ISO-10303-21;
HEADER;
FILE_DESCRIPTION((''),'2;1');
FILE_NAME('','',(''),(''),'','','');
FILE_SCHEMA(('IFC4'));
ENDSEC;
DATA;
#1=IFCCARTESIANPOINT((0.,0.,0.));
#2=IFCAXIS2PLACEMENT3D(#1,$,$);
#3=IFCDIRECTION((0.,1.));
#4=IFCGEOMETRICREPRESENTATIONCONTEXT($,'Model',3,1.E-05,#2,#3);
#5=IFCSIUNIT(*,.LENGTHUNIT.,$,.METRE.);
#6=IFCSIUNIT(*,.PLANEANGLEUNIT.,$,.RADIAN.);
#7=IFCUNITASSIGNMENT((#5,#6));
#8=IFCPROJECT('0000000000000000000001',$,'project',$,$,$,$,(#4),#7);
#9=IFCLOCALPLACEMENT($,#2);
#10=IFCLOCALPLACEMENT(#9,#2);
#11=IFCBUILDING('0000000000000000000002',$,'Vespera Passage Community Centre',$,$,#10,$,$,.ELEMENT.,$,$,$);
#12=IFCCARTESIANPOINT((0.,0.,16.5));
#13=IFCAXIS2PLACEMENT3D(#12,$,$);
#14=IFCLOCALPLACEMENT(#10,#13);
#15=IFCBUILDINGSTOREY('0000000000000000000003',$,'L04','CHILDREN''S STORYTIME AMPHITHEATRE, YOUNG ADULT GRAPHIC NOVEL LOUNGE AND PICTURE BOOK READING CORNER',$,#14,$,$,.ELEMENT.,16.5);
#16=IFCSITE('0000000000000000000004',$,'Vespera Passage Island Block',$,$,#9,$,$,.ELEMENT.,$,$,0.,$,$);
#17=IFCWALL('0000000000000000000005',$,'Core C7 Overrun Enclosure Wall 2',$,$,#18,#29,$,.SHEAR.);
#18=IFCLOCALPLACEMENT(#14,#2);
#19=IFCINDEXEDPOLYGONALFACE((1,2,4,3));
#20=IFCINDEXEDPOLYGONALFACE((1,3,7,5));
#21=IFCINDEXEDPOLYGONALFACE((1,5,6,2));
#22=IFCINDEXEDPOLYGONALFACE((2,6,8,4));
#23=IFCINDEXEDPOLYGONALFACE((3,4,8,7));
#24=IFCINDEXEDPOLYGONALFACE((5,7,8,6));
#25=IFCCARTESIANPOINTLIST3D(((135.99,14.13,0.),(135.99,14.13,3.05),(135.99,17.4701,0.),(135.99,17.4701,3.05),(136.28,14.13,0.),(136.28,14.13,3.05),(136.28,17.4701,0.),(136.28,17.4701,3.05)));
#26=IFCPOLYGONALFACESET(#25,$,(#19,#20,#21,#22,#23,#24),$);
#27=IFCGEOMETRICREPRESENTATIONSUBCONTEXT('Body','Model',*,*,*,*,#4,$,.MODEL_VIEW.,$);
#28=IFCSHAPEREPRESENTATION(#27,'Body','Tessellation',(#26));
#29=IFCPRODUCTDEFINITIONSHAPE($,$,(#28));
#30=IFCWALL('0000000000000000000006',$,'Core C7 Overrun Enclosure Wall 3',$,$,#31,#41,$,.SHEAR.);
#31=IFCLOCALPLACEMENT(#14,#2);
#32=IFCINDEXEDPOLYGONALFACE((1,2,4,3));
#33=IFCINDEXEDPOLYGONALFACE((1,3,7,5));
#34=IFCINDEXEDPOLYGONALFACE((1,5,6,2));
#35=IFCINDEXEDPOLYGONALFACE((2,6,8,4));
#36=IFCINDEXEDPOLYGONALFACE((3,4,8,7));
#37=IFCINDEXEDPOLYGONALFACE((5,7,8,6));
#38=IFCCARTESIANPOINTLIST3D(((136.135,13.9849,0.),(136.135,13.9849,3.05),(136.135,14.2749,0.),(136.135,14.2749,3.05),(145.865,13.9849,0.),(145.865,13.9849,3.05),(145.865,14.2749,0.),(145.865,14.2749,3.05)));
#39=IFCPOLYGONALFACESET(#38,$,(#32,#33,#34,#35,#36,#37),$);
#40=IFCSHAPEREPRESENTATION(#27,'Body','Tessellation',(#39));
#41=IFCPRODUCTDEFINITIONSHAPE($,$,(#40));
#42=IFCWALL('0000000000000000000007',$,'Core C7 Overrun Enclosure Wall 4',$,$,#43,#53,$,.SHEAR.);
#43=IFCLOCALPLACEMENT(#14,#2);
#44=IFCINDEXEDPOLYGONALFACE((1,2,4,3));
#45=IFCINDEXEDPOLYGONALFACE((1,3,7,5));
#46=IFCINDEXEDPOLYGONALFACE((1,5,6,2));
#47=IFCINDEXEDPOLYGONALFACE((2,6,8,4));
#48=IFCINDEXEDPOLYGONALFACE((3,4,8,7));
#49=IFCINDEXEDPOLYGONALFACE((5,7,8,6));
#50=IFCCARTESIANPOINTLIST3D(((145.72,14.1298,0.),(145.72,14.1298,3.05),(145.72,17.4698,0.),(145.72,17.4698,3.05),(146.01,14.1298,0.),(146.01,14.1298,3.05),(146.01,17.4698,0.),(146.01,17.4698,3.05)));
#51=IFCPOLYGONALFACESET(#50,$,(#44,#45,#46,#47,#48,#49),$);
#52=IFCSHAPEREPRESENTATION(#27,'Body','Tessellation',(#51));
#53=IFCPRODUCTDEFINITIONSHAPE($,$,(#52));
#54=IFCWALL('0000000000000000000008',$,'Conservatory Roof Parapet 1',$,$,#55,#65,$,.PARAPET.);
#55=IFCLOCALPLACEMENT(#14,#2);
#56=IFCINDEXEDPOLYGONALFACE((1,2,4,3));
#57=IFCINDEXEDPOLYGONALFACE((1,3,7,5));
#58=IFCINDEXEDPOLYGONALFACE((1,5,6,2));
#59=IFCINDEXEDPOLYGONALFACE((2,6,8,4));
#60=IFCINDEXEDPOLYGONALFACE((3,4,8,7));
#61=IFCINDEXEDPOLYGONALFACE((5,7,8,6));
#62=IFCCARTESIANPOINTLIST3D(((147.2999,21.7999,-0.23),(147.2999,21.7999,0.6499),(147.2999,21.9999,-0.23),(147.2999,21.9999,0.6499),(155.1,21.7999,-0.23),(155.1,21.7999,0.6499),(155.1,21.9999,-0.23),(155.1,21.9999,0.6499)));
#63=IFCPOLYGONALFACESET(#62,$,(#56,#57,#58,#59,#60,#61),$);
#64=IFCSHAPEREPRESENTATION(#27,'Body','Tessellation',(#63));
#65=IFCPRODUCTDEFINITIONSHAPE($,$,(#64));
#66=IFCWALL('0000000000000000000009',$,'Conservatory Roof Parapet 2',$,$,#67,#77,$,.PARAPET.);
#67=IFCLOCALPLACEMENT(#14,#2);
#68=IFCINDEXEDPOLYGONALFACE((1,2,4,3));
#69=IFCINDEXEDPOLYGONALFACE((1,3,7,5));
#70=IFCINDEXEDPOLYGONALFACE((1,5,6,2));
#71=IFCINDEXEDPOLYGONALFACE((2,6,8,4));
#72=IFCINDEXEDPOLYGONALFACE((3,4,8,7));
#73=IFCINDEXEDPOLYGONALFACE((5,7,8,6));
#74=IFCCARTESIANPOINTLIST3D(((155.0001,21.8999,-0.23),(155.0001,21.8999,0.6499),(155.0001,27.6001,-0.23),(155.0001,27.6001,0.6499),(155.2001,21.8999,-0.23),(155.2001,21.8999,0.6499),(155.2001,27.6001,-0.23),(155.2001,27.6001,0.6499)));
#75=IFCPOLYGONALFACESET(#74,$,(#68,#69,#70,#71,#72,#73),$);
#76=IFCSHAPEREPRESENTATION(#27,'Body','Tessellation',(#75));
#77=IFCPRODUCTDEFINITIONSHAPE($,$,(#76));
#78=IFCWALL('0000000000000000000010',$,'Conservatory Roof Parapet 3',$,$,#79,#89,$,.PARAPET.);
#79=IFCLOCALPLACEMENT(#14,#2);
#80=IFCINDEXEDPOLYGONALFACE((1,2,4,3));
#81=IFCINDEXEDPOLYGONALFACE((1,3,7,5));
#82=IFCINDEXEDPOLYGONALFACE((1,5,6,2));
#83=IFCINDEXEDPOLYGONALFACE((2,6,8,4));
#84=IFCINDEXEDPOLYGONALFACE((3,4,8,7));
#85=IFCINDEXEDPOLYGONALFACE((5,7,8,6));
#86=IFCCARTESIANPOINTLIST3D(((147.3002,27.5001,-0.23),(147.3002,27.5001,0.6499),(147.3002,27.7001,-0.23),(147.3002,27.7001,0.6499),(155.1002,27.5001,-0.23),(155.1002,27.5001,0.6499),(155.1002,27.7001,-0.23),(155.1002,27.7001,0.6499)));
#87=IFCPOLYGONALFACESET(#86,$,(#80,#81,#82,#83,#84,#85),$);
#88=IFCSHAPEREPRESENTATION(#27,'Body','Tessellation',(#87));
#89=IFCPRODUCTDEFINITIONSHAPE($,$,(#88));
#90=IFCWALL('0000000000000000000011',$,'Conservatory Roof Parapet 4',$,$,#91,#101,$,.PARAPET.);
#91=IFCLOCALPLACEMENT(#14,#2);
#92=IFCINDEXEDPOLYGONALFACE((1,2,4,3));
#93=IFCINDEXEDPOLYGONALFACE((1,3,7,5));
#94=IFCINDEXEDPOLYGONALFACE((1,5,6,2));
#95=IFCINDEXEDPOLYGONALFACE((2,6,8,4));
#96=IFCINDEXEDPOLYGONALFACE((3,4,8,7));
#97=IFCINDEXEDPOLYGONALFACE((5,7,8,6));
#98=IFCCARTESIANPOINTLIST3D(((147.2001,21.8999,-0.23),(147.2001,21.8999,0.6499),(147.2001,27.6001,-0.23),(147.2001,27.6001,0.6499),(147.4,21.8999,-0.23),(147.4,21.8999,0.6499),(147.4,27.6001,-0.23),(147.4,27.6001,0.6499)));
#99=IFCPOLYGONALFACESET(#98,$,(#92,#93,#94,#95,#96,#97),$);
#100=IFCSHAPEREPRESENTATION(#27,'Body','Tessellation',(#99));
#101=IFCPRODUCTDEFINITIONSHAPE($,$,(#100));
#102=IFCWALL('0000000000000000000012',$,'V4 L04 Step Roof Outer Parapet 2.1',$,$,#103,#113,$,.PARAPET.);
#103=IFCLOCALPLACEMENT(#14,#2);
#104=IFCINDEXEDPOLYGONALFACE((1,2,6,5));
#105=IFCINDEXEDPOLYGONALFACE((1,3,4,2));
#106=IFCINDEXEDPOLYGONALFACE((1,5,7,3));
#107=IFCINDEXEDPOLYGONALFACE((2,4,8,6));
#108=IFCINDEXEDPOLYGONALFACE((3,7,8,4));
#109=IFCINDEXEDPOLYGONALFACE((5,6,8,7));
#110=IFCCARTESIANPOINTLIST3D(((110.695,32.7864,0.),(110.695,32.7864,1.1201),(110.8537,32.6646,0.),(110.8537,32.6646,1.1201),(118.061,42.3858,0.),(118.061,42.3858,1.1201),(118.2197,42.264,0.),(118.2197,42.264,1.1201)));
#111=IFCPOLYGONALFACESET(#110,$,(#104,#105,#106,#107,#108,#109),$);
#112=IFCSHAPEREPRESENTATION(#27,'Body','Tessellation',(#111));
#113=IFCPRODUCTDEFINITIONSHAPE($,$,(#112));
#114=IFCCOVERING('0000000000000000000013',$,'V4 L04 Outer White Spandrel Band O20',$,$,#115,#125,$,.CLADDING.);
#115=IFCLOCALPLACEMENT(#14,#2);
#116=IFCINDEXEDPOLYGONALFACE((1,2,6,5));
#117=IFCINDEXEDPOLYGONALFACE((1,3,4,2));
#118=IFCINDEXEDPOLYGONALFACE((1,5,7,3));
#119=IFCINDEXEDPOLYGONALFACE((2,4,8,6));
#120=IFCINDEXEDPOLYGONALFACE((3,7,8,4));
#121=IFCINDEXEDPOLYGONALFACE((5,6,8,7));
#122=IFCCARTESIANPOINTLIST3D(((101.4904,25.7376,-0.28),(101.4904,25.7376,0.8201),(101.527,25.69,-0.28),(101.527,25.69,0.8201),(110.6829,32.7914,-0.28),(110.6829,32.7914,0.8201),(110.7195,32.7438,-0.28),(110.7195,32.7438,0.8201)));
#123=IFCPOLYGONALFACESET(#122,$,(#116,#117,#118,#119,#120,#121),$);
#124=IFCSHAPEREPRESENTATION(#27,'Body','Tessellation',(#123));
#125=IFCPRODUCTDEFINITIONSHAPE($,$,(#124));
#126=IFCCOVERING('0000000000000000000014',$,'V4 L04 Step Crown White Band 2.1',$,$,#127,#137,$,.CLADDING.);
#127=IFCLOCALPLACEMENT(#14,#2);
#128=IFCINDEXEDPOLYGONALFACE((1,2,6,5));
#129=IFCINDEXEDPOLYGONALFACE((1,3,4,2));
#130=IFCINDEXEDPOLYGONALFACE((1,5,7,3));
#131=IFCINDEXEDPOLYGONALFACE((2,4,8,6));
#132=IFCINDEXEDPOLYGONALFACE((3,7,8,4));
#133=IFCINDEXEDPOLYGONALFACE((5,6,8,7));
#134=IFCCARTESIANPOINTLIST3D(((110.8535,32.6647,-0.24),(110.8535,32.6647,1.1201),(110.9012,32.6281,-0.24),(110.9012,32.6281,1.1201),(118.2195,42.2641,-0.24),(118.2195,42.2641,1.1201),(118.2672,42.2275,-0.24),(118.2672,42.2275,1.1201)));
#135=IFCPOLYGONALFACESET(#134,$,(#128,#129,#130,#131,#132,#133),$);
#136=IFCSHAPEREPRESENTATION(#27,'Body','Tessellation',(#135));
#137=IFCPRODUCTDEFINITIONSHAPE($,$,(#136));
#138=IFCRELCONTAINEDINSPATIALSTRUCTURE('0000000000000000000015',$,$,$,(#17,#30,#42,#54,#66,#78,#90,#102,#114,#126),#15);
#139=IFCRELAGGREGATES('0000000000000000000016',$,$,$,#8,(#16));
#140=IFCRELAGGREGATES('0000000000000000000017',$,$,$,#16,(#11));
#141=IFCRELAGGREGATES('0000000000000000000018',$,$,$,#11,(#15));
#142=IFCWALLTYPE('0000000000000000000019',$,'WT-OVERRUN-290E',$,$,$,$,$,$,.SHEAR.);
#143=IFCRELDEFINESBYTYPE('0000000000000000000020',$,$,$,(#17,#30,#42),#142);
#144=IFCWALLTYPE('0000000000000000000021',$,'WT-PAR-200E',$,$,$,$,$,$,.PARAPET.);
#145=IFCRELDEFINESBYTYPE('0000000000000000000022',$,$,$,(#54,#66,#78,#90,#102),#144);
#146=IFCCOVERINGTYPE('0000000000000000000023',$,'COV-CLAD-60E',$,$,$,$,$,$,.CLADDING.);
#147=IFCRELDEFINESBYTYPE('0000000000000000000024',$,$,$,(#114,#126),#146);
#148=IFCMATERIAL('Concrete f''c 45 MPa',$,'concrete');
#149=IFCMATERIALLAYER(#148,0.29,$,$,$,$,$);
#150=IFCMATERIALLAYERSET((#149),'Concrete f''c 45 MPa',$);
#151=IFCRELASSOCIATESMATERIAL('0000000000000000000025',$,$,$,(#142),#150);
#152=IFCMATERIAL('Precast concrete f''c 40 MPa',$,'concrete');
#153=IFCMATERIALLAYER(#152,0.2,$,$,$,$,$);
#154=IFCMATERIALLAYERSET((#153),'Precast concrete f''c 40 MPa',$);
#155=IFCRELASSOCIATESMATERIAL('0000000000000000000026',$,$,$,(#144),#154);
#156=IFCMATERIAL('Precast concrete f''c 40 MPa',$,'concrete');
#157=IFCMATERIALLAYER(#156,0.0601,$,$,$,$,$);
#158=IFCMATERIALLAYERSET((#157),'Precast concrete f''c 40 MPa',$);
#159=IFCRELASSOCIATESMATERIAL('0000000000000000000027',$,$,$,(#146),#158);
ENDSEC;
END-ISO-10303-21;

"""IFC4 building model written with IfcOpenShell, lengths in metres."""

from ifc_helpers import new_model, si_unit, direction, frame, frame_2d, origin, place, context, subcontext, project, spatial, rectangle, extrude, material, layer, layer_set, type_object, element, save


model = new_model("IFC4")

# Units and contexts
model_context = context("Model", 3, precision=1e-05, world=origin(), true_north=direction((0.0, 1.0)))
body_context = subcontext(model_context, "Body", "Model", "MODEL_VIEW")
ifc_project = project(units=[si_unit("LENGTHUNIT", "METRE"), si_unit("PLANEANGLEUNIT", "RADIAN")], contexts=[model_context])

# Site, building, storey
site_placement = place(None, origin())
site = spatial("IfcSite", under=ifc_project, at=site_placement, Name="Vespera Passage Island Block", CompositionType="ELEMENT", RefElevation=0.0)
building_placement = place(site_placement, origin())
building = spatial("IfcBuilding", under=site, at=building_placement, Name="Vespera Passage Community Centre", CompositionType="ELEMENT")
storey_placement = place(building_placement, frame((0.0, 0.0, 16.5)))
storey = spatial("IfcBuildingStorey", under=building, at=storey_placement, Name="L04", Description="CHILDREN'S STORYTIME AMPHITHEATRE, YOUNG ADULT GRAPHIC NOVEL LOUNGE AND PICTURE BOOK READING CORNER", CompositionType="ELEMENT", Elevation=16.5)

# Walls
ifc_material_1 = material(Name="Concrete f'c 45 MPa", Category="concrete")
ifc_layer_1 = layer(ifc_material_1, 0.29)
ifc_layer_set_1 = layer_set([ifc_layer_1], Name="Concrete f'c 45 MPa")
wall_type_1 = type_object("IfcWallType", Name="WT-OVERRUN-290E", PredefinedType="SHEAR", material=ifc_layer_set_1)
wall_1_placement = place(storey_placement, frame((136.135, 17.47, 0.0), z_axis=(0.0, 0.0, 1.0), x_axis=(0.0, -1.0, 0.0)))
element("IfcWall", 1, at=wall_1_placement, inside=storey, type_object=wall_type_1, Name="Core C7 Overrun Enclosure Wall 2", PredefinedType="SHEAR", context=body_context, shape_type="SweptSolid", body=[
    extrude(rectangle(XDim=3.3401, YDim=0.29, at=frame_2d((1.6699, 0.0))), origin(), (0.0, 0.0, 1.0), 3.05),
])
wall_2_placement = place(storey_placement, frame((136.135, 14.1299, 0.0), z_axis=(0.0, 0.0, 1.0), x_axis=(1.0, 0.0, 0.0)))
element("IfcWall", 2, at=wall_2_placement, inside=storey, type_object=wall_type_1, Name="Core C7 Overrun Enclosure Wall 3", PredefinedType="SHEAR", context=body_context, shape_type="SweptSolid", body=[
    extrude(rectangle(XDim=9.73, YDim=0.29, at=frame_2d((4.865, 0.0))), origin(), (0.0, 0.0, 1.0), 3.05),
])
wall_3_placement = place(storey_placement, frame((145.865, 14.1299, 0.0), z_axis=(0.0, 0.0, 1.0), x_axis=(0.0, 1.0, 0.0)))
element("IfcWall", 3, at=wall_3_placement, inside=storey, type_object=wall_type_1, Name="Core C7 Overrun Enclosure Wall 4", PredefinedType="SHEAR", context=body_context, shape_type="SweptSolid", body=[
    extrude(rectangle(XDim=3.3401, YDim=0.29, at=frame_2d((1.6699, 0.0))), origin(), (0.0, 0.0, 1.0), 3.05),
])
ifc_material_2 = material(Name="Precast concrete f'c 40 MPa", Category="concrete")
ifc_layer_2 = layer(ifc_material_2, 0.2)
ifc_layer_set_2 = layer_set([ifc_layer_2], Name="Precast concrete f'c 40 MPa")
wall_type_2 = type_object("IfcWallType", Name="WT-PAR-200E", PredefinedType="PARAPET", material=ifc_layer_set_2)
wall_4_placement = place(storey_placement, frame((147.3, 21.8999, -0.23), z_axis=(0.0, 0.0, 1.0), x_axis=(1.0, 0.0, 0.0)))
element("IfcWall", 4, at=wall_4_placement, inside=storey, type_object=wall_type_2, Name="Conservatory Roof Parapet 1", PredefinedType="PARAPET", context=body_context, shape_type="SweptSolid", body=[
    extrude(rectangle(XDim=7.8, YDim=0.2, at=frame_2d((3.8999, 0.0))), origin(), (0.0, 0.0, 1.0), 0.8799),
])
wall_5_placement = place(storey_placement, frame((155.1001, 21.8999, -0.23), z_axis=(0.0, 0.0, 1.0), x_axis=(0.0, 1.0, 0.0)))
element("IfcWall", 5, at=wall_5_placement, inside=storey, type_object=wall_type_2, Name="Conservatory Roof Parapet 2", PredefinedType="PARAPET", context=body_context, shape_type="SweptSolid", body=[
    extrude(rectangle(XDim=5.7002, YDim=0.2, at=frame_2d((2.8501, 0.0))), origin(), (0.0, 0.0, 1.0), 0.8799),
])
wall_6_placement = place(storey_placement, frame((155.1001, 27.6001, -0.23), z_axis=(0.0, 0.0, 1.0), x_axis=(-1.0, 0.0, 0.0)))
element("IfcWall", 6, at=wall_6_placement, inside=storey, type_object=wall_type_2, Name="Conservatory Roof Parapet 3", PredefinedType="PARAPET", context=body_context, shape_type="SweptSolid", body=[
    extrude(rectangle(XDim=7.8, YDim=0.2, at=frame_2d((3.8999, 0.0))), origin(), (0.0, 0.0, 1.0), 0.8799),
])
wall_7_placement = place(storey_placement, frame((147.3, 27.6001, -0.23), z_axis=(0.0, 0.0, 1.0), x_axis=(0.0, -1.0, 0.0)))
element("IfcWall", 7, at=wall_7_placement, inside=storey, type_object=wall_type_2, Name="Conservatory Roof Parapet 4", PredefinedType="PARAPET", context=body_context, shape_type="SweptSolid", body=[
    extrude(rectangle(XDim=5.7002, YDim=0.2, at=frame_2d((2.8501, 0.0))), origin(), (0.0, 0.0, 1.0), 0.8799),
])
wall_8_placement = place(storey_placement, frame((110.7744, 32.7256, 0.0), z_axis=(0.0, 0.0, 1.0), x_axis=(0.608767, 0.793349, 0.0)))
element("IfcWall", 8, at=wall_8_placement, inside=storey, type_object=wall_type_2, Name="V4 L04 Step Roof Outer Parapet 2.1", PredefinedType="PARAPET", context=body_context, shape_type="SweptSolid", body=[
    extrude(rectangle(XDim=12.0999, YDim=0.2, at=frame_2d((6.0498, 0.0))), origin(), (0.0, 0.0, 1.0), 1.1201),
])

# Coverings
ifc_material_3 = material(Name="Precast concrete f'c 40 MPa", Category="concrete")
ifc_layer_3 = layer(ifc_material_3, 0.0601)
ifc_layer_set_3 = layer_set([ifc_layer_3], Name="Precast concrete f'c 40 MPa")
covering_type = type_object("IfcCoveringType", Name="COV-CLAD-60E", PredefinedType="CLADDING", material=ifc_layer_set_3)
covering_1_placement = place(storey_placement, frame((110.7012, 32.7676, -0.28), z_axis=(0.0, 0.0, 1.0), x_axis=(-0.793347, -0.608769, 0.0)))
element("IfcCovering", 9, at=covering_1_placement, inside=storey, type_object=covering_type, Name="V4 L04 Outer White Spandrel Band O20", PredefinedType="CLADDING", context=body_context, shape_type="SweptSolid", body=[
    extrude(rectangle(XDim=11.5869, YDim=0.0601, at=frame_2d((5.7935, 0.0))), origin(), (0.0, 0.0, 1.0), 1.1001),
])
covering_2_placement = place(storey_placement, frame((110.8774, 32.6465, -0.24), z_axis=(0.0, 0.0, 1.0), x_axis=(0.608767, 0.793349, 0.0)))
element("IfcCovering", 10, at=covering_2_placement, inside=storey, type_object=covering_type, Name="V4 L04 Step Crown White Band 2.1", PredefinedType="CLADDING", context=body_context, shape_type="SweptSolid", body=[
    extrude(rectangle(XDim=12.0999, YDim=0.0601, at=frame_2d((6.0498, 0.0))), origin(), (0.0, 0.0, 1.0), 1.3601),
])

save(model, "model.ifc")
